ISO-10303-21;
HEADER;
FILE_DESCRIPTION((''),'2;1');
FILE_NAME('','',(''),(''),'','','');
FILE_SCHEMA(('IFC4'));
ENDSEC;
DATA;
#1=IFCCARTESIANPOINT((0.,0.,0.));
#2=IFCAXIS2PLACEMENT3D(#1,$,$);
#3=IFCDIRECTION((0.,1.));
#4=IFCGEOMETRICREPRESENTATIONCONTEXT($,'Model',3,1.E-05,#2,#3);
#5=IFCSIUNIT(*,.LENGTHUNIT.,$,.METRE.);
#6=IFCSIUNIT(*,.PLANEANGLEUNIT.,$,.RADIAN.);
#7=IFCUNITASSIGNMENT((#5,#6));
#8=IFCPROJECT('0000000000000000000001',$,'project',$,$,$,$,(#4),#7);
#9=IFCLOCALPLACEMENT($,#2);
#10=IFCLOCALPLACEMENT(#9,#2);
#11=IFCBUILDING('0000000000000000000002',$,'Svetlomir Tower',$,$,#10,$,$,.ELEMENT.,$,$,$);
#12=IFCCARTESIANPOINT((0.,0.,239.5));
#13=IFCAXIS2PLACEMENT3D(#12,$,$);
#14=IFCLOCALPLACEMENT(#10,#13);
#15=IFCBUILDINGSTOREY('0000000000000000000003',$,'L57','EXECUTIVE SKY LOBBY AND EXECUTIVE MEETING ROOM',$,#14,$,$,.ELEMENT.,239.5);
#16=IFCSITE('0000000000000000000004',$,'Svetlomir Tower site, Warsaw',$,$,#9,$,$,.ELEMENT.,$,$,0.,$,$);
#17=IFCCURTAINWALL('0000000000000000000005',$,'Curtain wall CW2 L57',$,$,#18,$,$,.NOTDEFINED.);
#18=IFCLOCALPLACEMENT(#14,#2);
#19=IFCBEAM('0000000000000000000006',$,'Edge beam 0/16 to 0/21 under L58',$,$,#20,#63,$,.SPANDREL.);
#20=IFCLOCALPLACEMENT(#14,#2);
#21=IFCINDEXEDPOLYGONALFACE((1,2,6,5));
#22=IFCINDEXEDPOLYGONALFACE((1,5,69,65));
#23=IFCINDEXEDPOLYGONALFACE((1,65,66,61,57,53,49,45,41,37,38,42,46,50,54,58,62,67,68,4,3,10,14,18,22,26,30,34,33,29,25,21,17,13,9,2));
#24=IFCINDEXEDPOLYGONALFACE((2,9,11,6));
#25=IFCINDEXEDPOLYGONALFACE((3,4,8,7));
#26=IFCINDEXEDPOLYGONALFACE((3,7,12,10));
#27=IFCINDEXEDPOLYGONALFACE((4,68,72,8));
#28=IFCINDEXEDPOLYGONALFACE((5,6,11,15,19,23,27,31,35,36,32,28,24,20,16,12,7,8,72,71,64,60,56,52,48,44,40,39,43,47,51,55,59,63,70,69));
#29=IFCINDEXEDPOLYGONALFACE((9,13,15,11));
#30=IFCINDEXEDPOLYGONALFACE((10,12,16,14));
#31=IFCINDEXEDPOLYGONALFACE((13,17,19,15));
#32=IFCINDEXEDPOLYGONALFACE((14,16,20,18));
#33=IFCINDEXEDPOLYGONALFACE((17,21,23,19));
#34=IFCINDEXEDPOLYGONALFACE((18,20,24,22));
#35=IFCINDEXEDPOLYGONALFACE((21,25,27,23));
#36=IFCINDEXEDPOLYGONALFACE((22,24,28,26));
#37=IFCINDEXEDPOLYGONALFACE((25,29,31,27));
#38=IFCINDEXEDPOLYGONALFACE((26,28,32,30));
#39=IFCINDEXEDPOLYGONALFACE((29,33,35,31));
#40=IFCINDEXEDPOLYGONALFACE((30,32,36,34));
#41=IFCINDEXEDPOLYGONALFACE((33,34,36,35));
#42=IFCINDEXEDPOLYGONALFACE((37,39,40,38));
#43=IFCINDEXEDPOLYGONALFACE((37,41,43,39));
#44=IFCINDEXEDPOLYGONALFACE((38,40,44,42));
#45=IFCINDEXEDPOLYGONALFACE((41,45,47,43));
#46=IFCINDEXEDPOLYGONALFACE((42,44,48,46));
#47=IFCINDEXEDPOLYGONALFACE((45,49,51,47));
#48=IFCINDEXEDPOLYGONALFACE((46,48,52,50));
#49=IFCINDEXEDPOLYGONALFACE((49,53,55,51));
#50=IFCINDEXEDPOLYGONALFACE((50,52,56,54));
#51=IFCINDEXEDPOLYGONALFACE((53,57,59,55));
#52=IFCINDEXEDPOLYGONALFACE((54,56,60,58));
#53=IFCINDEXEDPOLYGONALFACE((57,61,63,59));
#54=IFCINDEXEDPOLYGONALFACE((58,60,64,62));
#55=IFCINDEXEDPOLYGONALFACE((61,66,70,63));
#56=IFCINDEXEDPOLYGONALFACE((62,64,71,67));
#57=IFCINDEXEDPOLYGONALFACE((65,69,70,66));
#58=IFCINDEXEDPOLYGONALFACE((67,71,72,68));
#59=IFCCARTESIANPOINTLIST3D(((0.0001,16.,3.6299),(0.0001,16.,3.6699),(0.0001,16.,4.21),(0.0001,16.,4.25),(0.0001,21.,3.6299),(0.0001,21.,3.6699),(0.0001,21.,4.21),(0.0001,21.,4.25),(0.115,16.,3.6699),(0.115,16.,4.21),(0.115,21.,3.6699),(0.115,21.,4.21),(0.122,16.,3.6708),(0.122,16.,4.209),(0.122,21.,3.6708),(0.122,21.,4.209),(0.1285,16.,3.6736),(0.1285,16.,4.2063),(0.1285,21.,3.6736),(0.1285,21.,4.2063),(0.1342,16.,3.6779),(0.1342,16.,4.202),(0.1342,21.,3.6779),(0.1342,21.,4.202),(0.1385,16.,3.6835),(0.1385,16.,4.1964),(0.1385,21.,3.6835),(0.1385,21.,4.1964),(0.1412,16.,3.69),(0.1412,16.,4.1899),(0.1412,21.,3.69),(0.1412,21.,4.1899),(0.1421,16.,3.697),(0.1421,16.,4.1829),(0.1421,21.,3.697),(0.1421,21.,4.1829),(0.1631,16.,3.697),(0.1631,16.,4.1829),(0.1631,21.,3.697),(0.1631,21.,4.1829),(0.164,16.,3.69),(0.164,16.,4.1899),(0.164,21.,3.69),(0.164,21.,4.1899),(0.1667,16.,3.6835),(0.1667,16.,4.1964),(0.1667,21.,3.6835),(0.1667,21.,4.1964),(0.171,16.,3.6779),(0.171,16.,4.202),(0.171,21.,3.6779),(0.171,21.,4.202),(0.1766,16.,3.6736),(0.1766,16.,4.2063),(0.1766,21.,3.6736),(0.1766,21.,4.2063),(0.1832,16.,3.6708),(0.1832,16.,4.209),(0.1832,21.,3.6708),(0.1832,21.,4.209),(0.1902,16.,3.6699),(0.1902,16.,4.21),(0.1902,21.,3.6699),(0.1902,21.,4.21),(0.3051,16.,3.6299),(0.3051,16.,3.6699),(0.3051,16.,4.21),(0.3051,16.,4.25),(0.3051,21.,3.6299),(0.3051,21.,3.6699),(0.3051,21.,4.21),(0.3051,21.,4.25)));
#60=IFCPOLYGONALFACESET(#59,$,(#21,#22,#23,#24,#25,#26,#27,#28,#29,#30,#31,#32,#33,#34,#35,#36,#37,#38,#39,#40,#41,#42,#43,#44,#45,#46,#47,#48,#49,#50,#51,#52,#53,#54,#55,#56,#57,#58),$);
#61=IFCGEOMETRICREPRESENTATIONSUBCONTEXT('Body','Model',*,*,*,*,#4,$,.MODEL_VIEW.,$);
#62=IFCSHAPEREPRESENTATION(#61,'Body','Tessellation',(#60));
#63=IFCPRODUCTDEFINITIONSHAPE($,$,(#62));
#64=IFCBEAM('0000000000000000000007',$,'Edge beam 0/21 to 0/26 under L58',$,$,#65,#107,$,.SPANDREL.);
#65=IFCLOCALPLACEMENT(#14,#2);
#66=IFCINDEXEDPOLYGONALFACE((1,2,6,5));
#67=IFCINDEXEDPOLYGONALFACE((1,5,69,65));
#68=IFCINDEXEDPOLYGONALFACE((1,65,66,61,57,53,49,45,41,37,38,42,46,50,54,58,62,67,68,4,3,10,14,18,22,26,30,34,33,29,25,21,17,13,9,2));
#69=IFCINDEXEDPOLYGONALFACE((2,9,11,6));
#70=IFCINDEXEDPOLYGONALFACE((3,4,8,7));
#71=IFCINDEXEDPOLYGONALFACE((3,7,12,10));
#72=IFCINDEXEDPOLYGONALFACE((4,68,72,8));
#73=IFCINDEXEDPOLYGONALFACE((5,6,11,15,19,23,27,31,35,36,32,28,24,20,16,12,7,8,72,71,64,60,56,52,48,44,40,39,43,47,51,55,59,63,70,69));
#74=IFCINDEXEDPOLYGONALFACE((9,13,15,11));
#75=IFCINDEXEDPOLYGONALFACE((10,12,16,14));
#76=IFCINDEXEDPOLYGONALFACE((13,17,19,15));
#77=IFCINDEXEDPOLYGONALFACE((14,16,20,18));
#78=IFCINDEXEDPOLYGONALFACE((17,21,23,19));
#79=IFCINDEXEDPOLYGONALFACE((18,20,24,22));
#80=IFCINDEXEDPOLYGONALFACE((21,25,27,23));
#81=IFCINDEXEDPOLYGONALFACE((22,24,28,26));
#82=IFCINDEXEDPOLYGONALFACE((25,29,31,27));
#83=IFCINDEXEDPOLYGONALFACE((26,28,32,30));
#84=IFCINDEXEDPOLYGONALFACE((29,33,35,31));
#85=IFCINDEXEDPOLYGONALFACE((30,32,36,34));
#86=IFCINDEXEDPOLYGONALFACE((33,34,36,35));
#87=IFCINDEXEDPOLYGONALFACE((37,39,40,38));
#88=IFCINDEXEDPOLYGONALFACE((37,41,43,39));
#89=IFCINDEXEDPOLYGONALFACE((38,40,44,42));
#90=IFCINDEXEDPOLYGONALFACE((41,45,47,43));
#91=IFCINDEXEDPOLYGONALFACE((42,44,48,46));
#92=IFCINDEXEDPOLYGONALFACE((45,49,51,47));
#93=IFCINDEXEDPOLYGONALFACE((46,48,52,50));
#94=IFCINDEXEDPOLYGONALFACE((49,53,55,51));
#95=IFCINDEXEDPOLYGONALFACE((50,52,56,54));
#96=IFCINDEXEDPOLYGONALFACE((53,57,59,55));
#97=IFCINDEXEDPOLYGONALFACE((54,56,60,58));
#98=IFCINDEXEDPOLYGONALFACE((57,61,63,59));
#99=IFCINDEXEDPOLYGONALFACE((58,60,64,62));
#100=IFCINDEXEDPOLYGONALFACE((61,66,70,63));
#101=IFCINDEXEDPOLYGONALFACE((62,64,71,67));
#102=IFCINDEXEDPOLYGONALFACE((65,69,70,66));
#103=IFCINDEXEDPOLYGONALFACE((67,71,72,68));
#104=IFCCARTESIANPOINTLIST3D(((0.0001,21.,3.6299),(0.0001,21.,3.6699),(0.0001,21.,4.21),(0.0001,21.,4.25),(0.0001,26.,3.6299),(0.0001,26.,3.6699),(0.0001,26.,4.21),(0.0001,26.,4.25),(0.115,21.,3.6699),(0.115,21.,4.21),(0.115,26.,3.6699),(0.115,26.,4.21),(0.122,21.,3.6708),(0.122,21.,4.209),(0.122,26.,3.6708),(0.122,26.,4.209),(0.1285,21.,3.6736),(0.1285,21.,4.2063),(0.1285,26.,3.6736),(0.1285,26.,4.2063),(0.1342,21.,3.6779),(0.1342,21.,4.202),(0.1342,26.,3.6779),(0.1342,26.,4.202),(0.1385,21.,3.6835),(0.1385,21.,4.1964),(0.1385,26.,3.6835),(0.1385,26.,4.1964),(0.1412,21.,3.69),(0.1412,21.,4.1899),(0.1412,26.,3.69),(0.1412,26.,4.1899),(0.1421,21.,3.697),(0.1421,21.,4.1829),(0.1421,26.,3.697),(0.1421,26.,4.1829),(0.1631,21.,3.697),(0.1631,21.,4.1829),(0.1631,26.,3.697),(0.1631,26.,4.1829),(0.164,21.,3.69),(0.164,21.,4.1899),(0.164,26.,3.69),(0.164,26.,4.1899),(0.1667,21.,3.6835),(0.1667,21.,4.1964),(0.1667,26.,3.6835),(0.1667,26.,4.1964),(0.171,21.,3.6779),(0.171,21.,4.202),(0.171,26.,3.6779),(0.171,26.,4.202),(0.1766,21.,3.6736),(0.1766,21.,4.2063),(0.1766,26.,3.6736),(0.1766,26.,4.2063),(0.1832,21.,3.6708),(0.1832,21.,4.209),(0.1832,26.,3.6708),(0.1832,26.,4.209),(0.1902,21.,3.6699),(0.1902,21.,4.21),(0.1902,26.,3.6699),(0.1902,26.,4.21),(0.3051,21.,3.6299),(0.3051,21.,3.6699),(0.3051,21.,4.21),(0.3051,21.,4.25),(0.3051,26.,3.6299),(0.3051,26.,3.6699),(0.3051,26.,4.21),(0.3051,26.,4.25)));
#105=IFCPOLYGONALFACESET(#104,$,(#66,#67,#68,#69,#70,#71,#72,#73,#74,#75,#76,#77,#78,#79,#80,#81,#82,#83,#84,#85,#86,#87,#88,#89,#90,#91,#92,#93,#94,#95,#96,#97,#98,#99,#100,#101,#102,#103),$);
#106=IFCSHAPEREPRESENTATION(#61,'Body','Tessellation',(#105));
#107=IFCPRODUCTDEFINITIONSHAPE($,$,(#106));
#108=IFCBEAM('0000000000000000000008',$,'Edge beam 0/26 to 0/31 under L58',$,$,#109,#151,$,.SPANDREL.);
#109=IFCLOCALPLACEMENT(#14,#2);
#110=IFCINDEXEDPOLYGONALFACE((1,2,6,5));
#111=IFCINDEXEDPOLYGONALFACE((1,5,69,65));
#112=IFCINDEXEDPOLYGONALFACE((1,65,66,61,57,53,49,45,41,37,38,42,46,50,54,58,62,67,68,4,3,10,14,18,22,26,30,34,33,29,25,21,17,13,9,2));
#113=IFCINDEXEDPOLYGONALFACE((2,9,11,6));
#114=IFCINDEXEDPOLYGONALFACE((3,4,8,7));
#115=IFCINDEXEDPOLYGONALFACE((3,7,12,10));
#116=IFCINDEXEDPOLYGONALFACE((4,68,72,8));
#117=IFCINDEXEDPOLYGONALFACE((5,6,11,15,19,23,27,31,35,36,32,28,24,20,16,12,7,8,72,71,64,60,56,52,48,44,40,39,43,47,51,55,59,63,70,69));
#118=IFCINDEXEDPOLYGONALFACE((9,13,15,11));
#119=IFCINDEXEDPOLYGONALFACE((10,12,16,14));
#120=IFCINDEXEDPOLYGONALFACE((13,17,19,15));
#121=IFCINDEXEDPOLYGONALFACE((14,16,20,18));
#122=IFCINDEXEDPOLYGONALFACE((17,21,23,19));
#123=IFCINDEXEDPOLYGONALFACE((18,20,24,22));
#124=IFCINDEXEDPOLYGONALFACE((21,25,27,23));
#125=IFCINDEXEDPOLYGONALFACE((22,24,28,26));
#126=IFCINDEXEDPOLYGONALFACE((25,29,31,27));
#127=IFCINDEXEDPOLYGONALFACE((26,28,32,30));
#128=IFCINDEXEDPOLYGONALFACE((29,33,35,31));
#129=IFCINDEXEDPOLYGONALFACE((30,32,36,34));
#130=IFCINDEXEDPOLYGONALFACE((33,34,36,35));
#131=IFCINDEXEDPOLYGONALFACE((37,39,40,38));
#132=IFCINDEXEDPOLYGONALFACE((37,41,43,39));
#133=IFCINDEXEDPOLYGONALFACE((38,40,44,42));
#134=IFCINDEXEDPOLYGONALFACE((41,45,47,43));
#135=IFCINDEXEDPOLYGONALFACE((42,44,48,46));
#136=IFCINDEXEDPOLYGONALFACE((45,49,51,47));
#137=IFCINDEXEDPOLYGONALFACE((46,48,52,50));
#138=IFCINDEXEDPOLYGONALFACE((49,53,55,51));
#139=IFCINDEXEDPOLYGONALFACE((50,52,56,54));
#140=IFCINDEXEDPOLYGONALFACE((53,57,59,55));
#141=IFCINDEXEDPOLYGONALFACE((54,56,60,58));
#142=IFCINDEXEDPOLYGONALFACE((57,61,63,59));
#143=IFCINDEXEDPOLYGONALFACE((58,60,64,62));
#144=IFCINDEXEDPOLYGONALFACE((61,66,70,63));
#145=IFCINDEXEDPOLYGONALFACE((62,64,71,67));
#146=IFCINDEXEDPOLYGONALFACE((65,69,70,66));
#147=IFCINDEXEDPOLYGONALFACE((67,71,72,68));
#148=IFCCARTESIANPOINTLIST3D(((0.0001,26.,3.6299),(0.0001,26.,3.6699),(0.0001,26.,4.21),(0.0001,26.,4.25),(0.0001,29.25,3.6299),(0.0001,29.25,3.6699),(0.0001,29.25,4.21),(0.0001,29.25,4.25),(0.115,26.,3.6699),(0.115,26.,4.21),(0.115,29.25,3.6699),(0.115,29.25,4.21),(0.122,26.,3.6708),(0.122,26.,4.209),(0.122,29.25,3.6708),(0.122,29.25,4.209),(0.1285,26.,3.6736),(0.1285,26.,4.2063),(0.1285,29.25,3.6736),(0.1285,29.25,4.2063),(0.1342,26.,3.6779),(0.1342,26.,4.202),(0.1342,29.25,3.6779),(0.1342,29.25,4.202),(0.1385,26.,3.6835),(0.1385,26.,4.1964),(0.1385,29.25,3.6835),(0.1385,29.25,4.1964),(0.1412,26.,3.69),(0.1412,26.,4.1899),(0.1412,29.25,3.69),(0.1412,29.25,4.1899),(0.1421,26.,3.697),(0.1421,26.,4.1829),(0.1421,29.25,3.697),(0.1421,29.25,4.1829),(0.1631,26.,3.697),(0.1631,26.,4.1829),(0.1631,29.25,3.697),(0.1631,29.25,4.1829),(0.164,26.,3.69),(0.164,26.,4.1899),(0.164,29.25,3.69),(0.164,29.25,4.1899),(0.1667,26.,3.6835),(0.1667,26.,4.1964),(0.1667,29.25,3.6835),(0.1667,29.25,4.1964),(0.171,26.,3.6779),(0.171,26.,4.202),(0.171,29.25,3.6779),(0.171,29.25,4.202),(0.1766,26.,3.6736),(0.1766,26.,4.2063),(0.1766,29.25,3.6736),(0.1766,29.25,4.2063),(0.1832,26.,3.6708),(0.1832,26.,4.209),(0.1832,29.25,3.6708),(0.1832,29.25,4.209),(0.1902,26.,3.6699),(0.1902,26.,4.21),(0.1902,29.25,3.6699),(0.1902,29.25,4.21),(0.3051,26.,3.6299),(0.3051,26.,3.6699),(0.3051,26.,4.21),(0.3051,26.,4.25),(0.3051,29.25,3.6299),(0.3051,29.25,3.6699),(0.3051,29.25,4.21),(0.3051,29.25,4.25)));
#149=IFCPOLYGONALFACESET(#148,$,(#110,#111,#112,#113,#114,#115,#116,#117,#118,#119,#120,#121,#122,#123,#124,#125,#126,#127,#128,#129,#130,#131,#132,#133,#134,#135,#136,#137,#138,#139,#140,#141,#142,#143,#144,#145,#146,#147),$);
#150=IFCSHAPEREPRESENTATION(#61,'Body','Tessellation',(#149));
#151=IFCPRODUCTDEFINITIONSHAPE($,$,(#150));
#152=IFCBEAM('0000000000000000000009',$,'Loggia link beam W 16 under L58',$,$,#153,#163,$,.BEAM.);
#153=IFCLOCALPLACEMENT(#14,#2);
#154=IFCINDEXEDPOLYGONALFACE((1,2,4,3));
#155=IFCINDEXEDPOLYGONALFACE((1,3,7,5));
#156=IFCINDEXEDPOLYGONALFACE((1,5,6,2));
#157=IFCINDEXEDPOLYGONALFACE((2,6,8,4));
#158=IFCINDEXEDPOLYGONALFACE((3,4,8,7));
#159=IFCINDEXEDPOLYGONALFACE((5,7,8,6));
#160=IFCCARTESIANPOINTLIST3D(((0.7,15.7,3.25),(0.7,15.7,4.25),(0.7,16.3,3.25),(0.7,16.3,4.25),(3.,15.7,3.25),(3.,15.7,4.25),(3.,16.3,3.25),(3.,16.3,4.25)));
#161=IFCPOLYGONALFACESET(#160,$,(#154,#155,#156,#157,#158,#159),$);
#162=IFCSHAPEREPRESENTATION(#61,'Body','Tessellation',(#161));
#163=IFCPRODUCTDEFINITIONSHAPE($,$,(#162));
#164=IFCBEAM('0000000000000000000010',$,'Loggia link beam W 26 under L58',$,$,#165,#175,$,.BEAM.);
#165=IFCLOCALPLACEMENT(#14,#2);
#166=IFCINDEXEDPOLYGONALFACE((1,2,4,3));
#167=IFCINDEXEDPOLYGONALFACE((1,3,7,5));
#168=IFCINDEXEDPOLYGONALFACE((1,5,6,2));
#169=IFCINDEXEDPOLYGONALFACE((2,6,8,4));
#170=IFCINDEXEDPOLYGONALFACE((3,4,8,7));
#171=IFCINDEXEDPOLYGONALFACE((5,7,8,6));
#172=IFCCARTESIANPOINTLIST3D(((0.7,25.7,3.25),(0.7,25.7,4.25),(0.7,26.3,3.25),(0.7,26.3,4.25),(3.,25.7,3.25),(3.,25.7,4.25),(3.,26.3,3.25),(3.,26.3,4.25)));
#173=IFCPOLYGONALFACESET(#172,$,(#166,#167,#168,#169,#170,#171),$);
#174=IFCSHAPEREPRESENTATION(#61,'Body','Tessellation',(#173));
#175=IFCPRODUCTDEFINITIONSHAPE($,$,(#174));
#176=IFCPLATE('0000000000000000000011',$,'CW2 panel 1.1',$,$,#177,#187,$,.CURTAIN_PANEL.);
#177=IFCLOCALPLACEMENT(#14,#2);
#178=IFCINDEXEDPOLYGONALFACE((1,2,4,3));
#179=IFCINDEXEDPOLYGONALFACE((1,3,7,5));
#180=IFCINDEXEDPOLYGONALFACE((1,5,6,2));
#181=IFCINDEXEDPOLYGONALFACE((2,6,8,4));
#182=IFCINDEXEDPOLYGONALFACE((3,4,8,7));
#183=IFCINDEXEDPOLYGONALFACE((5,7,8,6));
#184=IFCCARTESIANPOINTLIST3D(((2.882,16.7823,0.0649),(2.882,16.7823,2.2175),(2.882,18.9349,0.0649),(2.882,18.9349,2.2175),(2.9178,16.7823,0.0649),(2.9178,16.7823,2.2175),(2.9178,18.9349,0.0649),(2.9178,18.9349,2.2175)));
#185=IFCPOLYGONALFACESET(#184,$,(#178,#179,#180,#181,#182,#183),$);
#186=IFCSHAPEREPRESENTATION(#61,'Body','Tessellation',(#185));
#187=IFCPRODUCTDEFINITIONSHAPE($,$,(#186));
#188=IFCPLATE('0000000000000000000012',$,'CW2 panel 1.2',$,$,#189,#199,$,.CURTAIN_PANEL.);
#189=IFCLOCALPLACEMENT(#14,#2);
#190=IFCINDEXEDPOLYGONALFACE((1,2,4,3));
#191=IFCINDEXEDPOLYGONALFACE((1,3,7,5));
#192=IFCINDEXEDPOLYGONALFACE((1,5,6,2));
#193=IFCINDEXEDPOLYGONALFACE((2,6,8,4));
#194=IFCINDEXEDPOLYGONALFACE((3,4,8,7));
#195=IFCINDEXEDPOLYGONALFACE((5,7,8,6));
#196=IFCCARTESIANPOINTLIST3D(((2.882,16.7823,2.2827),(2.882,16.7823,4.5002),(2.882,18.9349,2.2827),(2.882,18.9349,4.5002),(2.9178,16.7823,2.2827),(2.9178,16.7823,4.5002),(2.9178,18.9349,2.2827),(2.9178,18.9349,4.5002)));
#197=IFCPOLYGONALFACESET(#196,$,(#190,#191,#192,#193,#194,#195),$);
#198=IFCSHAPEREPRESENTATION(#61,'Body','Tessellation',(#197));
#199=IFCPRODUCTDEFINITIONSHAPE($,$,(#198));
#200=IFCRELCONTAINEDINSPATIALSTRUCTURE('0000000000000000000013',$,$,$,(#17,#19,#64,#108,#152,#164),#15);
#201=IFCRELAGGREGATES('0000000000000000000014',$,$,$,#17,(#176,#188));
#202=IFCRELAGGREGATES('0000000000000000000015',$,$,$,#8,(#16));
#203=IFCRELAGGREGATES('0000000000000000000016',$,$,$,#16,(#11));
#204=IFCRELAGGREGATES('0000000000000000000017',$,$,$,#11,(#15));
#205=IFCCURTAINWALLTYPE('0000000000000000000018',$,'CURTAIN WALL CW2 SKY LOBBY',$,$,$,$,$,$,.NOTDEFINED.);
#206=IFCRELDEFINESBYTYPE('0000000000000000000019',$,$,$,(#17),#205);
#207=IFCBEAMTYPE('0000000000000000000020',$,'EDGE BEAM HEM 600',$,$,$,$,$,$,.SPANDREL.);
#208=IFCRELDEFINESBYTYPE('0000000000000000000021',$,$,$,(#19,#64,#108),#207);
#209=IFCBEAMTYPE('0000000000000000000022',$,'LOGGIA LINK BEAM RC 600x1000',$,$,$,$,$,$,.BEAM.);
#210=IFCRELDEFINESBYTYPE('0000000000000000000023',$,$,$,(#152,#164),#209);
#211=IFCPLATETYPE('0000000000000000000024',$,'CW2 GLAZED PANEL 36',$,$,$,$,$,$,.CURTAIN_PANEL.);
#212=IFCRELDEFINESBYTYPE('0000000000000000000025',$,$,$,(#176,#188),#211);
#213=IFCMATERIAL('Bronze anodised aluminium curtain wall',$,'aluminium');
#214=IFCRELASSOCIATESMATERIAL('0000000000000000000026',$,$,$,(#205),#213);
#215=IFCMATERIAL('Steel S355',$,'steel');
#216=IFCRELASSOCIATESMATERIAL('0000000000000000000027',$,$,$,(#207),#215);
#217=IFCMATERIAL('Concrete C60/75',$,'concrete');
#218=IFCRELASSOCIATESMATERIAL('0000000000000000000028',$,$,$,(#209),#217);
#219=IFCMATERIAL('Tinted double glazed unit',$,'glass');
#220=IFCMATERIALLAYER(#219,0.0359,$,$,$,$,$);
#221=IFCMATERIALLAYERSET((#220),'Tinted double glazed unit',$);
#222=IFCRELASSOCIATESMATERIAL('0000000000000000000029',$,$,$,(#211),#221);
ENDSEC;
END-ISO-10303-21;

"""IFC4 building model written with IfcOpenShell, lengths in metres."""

from ifc_helpers import new_model, si_unit, direction, frame, origin, origin_2d, place, context, subcontext, project, spatial, rectangle, i_section, extrude, material, layer, layer_set, material_profile, profile_set, type_object, element, aggregate, save


model = new_model("IFC4")

# Units and contexts
model_context = context("Model", 3, precision=1e-05, world=origin(), true_north=direction((0.0, 1.0)))
body_context = subcontext(model_context, "Body", "Model", "MODEL_VIEW")
ifc_project = project(units=[si_unit("LENGTHUNIT", "METRE"), si_unit("PLANEANGLEUNIT", "RADIAN")], contexts=[model_context])

# Site, building, storey
site_placement = place(None, origin())
site = spatial("IfcSite", under=ifc_project, at=site_placement, Name="Svetlomir Tower site, Warsaw", CompositionType="ELEMENT", RefElevation=0.0)
building_placement = place(site_placement, origin())
building = spatial("IfcBuilding", under=site, at=building_placement, Name="Svetlomir Tower", CompositionType="ELEMENT")
storey_placement = place(building_placement, frame((0.0, 0.0, 239.5)))
storey = spatial("IfcBuildingStorey", under=building, at=storey_placement, Name="L57", Description="EXECUTIVE SKY LOBBY AND EXECUTIVE MEETING ROOM", CompositionType="ELEMENT", Elevation=239.5)

# Curtain wall
ifc_material_1 = material(Name="Bronze anodised aluminium curtain wall", Category="aluminium")
curtain_wall_type = type_object("IfcCurtainWallType", Name="CURTAIN WALL CW2 SKY LOBBY", PredefinedType="NOTDEFINED", material=ifc_material_1)
curtain_wall_placement = place(storey_placement, origin())
curtain_wall = element("IfcCurtainWall", 1, at=curtain_wall_placement, inside=storey, type_object=curtain_wall_type, Name="Curtain wall CW2 L57", PredefinedType="NOTDEFINED")

# Beams
ifc_material_2 = material(Name="Steel S355", Category="steel")
ifc_material_profile_1 = material_profile(ifc_material_2, i_section(OverallWidth=0.3049, OverallDepth=0.6201, WebThickness=0.021, FlangeThickness=0.04, FilletRadius=0.0271, at=origin_2d()), Name="HEM 600")
ifc_profile_set_1 = profile_set([ifc_material_profile_1], Name="Steel S355")
beam_type_1 = type_object("IfcBeamType", Name="EDGE BEAM HEM 600", PredefinedType="SPANDREL", material=ifc_profile_set_1)
for number, where, z_axis, x_axis, name in (
    (2, (0.1526, 16.0, 3.9399), (0.0, 1.0, 0.0), (-1.0, 0.0, 0.0), "Edge beam 0/16 to 0/21 under L58"),
    (3, (0.1526, 21.0, 3.9399), (0.0, 1.0, 0.0), (-1.0, 0.0, 0.0), "Edge beam 0/21 to 0/26 under L58"),
):
    element("IfcBeam", number, at=place(storey_placement, frame(where, z_axis=z_axis, x_axis=x_axis)), inside=storey, type_object=beam_type_1, Name=name, PredefinedType="SPANDREL", context=body_context, shape_type="SweptSolid", body=[
        extrude(i_section(OverallWidth=0.3049, OverallDepth=0.6201, WebThickness=0.021, FlangeThickness=0.04, FilletRadius=0.0271, at=origin_2d()), origin(), (0.0, 0.0, 1.0), 5.0),
    ])
beam_1_placement = place(storey_placement, frame((0.1526, 26.0, 3.9399), z_axis=(0.0, 1.0, 0.0), x_axis=(-1.0, 0.0, 0.0)))
element("IfcBeam", 4, at=beam_1_placement, inside=storey, type_object=beam_type_1, Name="Edge beam 0/26 to 0/31 under L58", PredefinedType="SPANDREL", context=body_context, shape_type="SweptSolid", body=[
    extrude(i_section(OverallWidth=0.3049, OverallDepth=0.6201, WebThickness=0.021, FlangeThickness=0.04, FilletRadius=0.0271, at=origin_2d()), origin(), (0.0, 0.0, 1.0), 3.25),
])
ifc_material_3 = material(Name="Concrete C60/75", Category="concrete")
ifc_material_profile_2 = material_profile(ifc_material_3, rectangle(XDim=0.6001, YDim=1.0, at=origin_2d()), Name="RC 600x1000")
ifc_profile_set_2 = profile_set([ifc_material_profile_2], Name="Concrete C60/75")
beam_type_2 = type_object("IfcBeamType", Name="LOGGIA LINK BEAM RC 600x1000", PredefinedType="BEAM", material=ifc_profile_set_2)
for number, where, z_axis, x_axis, name in (
    (5, (0.7, 16.0, 3.75), (1.0, 0.0, 0.0), (0.0, 1.0, 0.0), "Loggia link beam W 16 under L58"),
    (6, (0.7, 26.0, 3.75), (1.0, 0.0, 0.0), (0.0, 1.0, 0.0), "Loggia link beam W 26 under L58"),
):
    element("IfcBeam", number, at=place(storey_placement, frame(where, z_axis=z_axis, x_axis=x_axis)), inside=storey, type_object=beam_type_2, Name=name, PredefinedType="BEAM", context=body_context, shape_type="SweptSolid", body=[
        extrude(rectangle(XDim=0.6001, YDim=1.0, at=origin_2d()), origin(), (0.0, 0.0, 1.0), 2.3),
    ])

# Plates
ifc_material_4 = material(Name="Tinted double glazed unit", Category="glass")
ifc_layer = layer(ifc_material_4, 0.0359)
ifc_layer_set = layer_set([ifc_layer], Name="Tinted double glazed unit")
plate_type = type_object("IfcPlateType", Name="CW2 GLAZED PANEL 36", PredefinedType="CURTAIN_PANEL", material=ifc_layer_set)
plate_1_placement = place(storey_placement, frame((2.8999, 17.8586, 0.0649), z_axis=(0.0, 0.0, 1.0), x_axis=(0.0, -1.0, 0.0)))
plate_1 = element("IfcPlate", 7, at=plate_1_placement, type_object=plate_type, Name="CW2 panel 1.1", PredefinedType="CURTAIN_PANEL", context=body_context, shape_type="SweptSolid", body=[
    extrude(rectangle(XDim=2.1526, YDim=0.0359, at=origin_2d()), origin(), (0.0, 0.0, 1.0), 2.1526),
])
plate_2_placement = place(storey_placement, frame((2.8999, 17.8586, 2.2827), z_axis=(0.0, 0.0, 1.0), x_axis=(0.0, -1.0, 0.0)))
plate_2 = element("IfcPlate", 8, at=plate_2_placement, type_object=plate_type, Name="CW2 panel 1.2", PredefinedType="CURTAIN_PANEL", context=body_context, shape_type="SweptSolid", body=[
    extrude(rectangle(XDim=2.1526, YDim=0.0359, at=origin_2d()), origin(), (0.0, 0.0, 1.0), 2.2175),
])
aggregate(curtain_wall, [plate_1, plate_2])

save(model, "model.ifc")
